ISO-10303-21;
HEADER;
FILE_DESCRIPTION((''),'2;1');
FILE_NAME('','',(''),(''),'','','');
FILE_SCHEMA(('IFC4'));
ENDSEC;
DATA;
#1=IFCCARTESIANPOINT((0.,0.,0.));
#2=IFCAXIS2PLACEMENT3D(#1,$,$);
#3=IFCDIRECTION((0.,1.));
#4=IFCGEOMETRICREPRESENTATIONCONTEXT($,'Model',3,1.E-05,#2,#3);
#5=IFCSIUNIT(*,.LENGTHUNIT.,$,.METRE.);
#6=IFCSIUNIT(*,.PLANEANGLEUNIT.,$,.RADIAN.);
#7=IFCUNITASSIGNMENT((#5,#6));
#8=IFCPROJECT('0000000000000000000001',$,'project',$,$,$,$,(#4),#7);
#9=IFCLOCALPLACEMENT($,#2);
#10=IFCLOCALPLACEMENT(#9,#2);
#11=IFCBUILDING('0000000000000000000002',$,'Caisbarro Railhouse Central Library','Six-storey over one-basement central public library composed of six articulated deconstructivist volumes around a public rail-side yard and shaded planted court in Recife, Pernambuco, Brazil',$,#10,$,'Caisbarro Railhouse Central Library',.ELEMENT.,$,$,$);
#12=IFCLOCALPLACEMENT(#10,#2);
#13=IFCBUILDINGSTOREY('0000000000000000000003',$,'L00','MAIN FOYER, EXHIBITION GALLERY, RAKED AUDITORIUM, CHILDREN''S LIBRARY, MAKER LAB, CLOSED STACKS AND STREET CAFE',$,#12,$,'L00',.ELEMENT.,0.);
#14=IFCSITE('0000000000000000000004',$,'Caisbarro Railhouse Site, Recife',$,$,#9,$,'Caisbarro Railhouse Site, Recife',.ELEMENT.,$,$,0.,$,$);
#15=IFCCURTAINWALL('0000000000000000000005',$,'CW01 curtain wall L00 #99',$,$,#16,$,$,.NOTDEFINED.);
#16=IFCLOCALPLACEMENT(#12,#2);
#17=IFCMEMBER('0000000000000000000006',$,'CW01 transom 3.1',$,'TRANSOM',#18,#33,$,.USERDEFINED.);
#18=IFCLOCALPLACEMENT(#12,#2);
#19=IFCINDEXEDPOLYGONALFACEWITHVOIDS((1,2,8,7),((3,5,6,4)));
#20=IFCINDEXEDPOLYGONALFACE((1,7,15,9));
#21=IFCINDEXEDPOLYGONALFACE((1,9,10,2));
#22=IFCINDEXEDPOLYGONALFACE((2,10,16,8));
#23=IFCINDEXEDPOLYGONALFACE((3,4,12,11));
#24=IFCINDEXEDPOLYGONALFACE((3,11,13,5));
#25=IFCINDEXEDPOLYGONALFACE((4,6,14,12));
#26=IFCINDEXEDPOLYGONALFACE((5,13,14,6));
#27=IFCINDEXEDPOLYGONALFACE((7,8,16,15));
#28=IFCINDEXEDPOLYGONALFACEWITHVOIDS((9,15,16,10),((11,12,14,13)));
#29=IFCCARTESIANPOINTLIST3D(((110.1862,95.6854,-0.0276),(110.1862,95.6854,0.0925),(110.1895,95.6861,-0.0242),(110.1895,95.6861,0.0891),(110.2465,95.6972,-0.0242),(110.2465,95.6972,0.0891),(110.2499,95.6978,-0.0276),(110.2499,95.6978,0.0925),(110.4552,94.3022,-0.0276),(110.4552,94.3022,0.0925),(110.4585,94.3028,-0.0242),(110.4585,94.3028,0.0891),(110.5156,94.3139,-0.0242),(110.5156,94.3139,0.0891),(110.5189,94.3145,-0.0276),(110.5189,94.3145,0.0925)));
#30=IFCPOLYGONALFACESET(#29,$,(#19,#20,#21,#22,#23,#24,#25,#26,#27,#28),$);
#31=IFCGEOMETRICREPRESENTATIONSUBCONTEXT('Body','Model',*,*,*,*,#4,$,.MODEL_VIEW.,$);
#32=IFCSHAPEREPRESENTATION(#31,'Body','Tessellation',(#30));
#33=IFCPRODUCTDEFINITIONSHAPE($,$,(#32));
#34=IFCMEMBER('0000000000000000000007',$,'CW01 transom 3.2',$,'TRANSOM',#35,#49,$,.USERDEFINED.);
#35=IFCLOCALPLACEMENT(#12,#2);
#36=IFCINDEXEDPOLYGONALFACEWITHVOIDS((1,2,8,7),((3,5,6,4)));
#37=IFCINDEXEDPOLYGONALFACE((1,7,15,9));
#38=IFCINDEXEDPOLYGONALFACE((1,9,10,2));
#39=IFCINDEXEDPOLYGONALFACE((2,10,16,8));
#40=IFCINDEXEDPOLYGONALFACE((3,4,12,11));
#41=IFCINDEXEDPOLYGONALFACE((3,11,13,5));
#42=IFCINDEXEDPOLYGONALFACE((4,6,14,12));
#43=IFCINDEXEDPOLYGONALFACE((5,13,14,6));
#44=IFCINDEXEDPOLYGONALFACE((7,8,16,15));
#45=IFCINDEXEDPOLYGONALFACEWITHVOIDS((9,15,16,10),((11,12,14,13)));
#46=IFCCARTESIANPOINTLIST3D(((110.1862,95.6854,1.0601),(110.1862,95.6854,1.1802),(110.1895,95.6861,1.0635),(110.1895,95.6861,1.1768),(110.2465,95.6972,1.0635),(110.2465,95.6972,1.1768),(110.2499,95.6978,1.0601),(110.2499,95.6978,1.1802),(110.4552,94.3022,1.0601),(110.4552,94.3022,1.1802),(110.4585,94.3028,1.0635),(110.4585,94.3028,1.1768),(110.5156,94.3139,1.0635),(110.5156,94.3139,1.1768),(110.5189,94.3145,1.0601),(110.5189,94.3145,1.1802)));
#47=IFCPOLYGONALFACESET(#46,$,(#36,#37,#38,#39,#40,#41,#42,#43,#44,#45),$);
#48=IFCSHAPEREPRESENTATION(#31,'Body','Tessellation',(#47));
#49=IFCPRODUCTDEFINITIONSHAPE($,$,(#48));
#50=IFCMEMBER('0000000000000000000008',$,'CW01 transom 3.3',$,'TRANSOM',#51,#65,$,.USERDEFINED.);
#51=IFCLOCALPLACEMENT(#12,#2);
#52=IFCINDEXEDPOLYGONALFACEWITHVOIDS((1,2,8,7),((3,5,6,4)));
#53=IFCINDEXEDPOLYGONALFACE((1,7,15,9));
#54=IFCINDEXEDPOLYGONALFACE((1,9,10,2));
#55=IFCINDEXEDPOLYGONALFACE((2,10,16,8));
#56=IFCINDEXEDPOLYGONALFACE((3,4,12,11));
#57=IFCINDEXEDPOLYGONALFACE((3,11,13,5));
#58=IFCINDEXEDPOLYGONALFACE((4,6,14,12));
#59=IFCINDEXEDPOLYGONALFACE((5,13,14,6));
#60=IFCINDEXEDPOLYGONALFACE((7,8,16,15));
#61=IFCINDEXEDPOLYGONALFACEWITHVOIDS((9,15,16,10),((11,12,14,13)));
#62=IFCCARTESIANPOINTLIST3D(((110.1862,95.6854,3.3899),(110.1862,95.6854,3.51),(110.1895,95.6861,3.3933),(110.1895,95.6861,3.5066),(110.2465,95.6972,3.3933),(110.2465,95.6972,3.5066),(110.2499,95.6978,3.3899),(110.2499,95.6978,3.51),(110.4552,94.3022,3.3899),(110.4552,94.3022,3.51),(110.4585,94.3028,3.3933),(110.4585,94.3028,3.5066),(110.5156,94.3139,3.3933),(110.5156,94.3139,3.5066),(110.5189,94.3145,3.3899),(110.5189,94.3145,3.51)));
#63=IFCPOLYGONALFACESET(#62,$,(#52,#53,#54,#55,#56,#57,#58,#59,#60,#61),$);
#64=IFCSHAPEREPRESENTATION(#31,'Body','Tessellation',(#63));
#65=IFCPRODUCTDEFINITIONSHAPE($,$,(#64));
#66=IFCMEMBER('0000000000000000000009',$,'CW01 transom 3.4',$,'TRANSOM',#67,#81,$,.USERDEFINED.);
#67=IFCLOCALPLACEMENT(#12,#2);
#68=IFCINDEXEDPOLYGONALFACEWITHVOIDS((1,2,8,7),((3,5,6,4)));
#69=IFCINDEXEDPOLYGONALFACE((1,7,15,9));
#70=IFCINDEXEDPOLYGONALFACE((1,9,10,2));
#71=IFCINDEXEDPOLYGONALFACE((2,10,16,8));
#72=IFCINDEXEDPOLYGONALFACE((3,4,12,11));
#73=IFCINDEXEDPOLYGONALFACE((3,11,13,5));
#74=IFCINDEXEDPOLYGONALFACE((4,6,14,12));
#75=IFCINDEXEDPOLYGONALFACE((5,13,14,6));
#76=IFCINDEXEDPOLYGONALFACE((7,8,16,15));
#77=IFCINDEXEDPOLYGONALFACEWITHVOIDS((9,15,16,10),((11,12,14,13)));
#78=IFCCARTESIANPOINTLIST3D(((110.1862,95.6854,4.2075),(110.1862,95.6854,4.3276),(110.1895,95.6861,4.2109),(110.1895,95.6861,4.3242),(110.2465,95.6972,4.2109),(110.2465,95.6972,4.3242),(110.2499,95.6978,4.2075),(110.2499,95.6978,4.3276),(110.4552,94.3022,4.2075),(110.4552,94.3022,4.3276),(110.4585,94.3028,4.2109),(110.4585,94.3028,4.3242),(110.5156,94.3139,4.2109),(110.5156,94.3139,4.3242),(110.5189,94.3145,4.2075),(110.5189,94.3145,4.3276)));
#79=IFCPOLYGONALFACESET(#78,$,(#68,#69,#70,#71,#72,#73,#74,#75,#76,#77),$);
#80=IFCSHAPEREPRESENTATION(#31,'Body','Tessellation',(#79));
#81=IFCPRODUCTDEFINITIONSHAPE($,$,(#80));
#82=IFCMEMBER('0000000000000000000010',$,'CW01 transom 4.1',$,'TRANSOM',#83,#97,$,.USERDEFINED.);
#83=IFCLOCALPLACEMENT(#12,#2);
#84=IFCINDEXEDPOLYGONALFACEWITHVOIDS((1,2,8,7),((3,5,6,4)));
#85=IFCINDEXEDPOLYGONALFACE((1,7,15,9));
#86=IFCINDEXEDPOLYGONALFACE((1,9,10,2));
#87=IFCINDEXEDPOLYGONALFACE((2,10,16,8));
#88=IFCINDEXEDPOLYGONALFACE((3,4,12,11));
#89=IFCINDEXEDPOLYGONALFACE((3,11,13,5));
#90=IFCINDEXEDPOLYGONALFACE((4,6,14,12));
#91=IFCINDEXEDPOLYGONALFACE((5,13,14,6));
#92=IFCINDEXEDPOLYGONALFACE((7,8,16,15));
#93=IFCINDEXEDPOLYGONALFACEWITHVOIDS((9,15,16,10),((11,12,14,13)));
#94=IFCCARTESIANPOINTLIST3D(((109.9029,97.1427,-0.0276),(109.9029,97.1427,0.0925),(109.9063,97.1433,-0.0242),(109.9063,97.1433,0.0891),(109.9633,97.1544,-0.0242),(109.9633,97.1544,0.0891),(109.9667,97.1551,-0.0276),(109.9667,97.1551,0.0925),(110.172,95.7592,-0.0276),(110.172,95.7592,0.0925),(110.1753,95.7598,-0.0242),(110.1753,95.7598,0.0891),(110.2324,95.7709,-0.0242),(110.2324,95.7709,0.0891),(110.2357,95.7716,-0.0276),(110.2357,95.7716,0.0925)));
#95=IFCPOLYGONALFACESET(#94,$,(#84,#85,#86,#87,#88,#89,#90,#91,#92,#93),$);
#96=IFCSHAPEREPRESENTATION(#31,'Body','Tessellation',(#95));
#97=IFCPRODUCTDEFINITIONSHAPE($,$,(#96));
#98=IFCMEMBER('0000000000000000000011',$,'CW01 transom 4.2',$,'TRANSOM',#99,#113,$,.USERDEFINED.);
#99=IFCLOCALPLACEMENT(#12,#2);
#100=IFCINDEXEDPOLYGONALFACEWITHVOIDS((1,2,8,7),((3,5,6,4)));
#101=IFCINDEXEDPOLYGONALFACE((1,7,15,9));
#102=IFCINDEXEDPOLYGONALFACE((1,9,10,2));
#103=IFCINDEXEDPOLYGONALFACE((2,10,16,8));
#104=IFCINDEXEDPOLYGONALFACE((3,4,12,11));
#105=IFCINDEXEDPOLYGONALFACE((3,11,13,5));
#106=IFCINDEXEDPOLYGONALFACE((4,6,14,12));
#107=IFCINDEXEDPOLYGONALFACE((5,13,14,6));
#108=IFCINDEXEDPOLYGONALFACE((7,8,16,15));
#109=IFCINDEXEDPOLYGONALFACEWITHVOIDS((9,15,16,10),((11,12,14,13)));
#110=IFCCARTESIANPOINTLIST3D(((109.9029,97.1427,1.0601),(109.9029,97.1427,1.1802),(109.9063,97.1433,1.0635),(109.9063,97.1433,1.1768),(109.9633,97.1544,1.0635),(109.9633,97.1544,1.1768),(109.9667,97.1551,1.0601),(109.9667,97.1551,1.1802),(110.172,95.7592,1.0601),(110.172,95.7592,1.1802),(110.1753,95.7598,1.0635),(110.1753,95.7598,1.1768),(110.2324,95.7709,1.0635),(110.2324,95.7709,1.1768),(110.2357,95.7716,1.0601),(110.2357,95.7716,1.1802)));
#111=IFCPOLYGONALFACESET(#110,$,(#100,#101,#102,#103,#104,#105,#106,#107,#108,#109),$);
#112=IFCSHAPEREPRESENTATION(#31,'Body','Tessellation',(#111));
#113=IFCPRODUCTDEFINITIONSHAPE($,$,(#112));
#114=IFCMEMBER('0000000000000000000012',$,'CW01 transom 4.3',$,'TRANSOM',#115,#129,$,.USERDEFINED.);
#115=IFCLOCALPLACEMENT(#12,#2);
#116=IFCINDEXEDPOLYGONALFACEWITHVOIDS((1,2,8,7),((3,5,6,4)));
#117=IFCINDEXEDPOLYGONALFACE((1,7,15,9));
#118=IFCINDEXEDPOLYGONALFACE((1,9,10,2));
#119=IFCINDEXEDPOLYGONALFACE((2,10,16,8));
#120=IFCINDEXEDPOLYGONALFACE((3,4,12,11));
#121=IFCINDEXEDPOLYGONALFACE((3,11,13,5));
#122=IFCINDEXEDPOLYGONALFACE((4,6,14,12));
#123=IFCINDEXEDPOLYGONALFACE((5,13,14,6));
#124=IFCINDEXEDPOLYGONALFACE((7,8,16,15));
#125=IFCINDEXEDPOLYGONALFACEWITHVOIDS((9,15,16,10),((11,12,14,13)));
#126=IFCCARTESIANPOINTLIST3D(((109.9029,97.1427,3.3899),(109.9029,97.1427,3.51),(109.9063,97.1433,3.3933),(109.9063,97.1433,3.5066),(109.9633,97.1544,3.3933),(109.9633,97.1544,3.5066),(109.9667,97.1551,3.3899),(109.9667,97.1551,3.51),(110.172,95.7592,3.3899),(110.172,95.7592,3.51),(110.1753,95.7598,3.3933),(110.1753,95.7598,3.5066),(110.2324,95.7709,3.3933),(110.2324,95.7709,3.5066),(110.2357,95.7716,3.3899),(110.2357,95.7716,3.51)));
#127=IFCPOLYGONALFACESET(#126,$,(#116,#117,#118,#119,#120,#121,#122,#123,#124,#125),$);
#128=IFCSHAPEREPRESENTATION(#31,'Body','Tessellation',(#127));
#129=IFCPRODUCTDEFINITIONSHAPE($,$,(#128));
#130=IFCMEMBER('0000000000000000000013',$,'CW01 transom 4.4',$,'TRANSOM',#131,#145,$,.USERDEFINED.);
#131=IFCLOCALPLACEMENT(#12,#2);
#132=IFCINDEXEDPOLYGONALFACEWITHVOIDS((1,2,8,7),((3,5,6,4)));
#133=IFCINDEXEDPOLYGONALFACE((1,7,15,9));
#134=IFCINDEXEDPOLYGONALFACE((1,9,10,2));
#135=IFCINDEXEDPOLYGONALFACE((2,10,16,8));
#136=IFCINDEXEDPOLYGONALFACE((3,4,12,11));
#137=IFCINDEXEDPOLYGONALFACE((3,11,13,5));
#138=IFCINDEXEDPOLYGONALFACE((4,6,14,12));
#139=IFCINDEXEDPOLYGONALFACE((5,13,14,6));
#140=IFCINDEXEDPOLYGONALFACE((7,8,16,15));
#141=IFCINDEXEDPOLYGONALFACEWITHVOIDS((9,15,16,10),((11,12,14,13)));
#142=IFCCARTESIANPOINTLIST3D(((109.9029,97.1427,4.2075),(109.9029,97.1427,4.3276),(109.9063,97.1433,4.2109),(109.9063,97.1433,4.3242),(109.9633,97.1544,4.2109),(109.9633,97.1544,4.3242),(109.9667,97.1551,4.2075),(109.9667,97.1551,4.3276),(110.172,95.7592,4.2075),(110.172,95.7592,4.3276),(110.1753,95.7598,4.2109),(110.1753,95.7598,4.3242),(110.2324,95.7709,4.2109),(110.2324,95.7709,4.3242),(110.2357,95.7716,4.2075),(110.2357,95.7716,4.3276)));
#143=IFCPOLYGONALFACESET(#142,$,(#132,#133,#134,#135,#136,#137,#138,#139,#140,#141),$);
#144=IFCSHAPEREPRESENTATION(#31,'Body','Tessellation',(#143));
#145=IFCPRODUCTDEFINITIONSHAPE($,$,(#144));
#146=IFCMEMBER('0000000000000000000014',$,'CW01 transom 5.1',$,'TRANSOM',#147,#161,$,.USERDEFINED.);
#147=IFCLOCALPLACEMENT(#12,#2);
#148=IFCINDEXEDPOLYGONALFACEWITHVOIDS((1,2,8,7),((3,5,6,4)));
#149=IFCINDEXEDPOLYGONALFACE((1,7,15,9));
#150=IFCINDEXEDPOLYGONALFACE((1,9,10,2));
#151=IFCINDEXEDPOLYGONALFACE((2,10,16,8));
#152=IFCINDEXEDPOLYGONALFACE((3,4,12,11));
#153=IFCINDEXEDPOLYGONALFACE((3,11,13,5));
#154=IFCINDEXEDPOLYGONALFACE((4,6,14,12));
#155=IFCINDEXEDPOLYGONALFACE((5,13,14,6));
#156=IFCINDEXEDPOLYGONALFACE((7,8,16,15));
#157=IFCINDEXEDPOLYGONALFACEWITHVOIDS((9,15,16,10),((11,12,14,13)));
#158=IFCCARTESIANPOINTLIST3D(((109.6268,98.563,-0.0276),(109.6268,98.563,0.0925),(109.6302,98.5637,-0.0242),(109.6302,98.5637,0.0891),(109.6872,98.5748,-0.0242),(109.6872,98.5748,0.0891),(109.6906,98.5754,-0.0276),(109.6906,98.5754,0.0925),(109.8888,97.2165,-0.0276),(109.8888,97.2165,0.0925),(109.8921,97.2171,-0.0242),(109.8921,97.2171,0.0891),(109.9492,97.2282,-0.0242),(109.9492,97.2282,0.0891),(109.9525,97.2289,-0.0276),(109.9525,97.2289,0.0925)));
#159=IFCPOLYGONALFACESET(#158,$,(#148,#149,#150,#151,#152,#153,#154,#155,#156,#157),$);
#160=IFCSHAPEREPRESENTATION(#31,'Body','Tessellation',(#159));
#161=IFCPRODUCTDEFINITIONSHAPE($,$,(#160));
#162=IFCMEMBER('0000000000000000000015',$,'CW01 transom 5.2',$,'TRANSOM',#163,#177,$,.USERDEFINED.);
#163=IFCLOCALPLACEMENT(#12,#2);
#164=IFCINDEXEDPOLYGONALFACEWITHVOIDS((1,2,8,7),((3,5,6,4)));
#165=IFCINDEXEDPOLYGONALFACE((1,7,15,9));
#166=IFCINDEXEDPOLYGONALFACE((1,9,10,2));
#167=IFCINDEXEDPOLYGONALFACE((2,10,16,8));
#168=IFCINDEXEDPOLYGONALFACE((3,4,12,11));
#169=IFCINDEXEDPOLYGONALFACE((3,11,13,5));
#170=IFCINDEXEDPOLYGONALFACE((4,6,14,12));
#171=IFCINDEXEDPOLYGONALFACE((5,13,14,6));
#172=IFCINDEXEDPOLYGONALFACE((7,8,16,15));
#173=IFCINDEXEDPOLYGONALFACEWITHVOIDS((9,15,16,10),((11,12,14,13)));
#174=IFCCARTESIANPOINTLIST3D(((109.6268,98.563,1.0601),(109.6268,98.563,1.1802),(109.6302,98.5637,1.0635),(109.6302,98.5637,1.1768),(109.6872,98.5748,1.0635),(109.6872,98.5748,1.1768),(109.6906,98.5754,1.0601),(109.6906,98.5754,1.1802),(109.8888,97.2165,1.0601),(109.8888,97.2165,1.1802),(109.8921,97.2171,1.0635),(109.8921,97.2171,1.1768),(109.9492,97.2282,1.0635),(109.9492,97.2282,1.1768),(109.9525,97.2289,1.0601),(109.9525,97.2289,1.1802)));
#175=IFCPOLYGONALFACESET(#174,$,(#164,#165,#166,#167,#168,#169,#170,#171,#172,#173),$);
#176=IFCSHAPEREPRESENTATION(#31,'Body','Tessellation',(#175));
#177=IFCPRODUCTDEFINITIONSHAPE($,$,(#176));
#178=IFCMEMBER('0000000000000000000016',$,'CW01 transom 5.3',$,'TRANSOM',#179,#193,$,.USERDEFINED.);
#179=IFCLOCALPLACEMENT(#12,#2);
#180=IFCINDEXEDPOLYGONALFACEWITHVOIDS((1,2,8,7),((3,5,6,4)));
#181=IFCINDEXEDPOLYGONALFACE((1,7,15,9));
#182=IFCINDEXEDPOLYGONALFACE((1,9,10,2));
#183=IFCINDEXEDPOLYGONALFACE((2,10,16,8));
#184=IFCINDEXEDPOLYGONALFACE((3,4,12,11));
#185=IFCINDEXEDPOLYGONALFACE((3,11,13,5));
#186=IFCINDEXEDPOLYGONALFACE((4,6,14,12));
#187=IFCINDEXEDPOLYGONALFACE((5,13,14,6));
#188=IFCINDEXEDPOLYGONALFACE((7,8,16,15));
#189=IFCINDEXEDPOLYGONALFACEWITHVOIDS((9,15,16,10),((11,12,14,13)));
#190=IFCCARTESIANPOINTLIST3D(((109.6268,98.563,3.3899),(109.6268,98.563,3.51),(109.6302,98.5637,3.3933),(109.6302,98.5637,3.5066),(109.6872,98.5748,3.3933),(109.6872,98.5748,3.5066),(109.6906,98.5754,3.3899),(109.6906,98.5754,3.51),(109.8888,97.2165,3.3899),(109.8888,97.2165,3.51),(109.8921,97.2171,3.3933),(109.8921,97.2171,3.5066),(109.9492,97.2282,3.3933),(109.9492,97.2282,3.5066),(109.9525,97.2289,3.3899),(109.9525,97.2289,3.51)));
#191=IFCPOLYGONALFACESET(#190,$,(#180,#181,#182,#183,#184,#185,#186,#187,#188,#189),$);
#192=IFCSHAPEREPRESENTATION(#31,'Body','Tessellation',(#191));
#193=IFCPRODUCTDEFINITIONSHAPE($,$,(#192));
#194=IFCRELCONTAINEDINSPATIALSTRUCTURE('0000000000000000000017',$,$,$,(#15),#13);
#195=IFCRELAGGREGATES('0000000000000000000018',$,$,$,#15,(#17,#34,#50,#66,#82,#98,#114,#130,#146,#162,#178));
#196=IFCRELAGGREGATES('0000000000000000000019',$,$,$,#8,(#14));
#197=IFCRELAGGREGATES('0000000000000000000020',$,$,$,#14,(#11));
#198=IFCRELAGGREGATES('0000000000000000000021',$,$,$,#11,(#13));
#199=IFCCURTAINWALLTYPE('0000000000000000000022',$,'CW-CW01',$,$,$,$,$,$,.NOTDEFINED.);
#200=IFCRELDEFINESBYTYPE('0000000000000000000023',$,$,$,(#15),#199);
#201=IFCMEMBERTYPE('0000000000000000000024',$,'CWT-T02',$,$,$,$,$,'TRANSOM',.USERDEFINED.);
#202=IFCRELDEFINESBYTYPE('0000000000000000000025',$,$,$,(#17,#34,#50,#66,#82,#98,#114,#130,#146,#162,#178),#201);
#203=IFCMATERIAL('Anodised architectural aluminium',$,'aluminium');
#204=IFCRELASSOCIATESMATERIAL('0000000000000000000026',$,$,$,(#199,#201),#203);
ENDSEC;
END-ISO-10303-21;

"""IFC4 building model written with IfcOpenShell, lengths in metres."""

from ifc_helpers import new_model, si_unit, direction, frame, origin, origin_2d, place, context, subcontext, project, spatial, hollow_rectangle, extrude, material, material_profile, profile_set, type_object, element, aggregate, save


model = new_model("IFC4")

# Units and contexts
model_context = context("Model", 3, precision=1e-05, world=origin(), true_north=direction((0.0, 1.0)))
body_context = subcontext(model_context, "Body", "Model", "MODEL_VIEW")
ifc_project = project(units=[si_unit("LENGTHUNIT", "METRE"), si_unit("PLANEANGLEUNIT", "RADIAN")], contexts=[model_context])

# Site, building, storey
site_placement = place(None, origin())
site = spatial("IfcSite", under=ifc_project, at=site_placement, Name="Caisbarro Railhouse Site, Recife", LongName="Caisbarro Railhouse Site, Recife", CompositionType="ELEMENT", RefElevation=0.0)
building_placement = place(site_placement, origin())
building = spatial("IfcBuilding", under=site, at=building_placement, Name="Caisbarro Railhouse Central Library", Description="Six-storey over one-basement central public library composed of six articulated deconstructivist volumes around a public rail-side yard and shaded planted court in Recife, Pernambuco, Brazil", LongName="Caisbarro Railhouse Central Library", CompositionType="ELEMENT")
storey_placement = place(building_placement, origin())
storey = spatial("IfcBuildingStorey", under=building, at=storey_placement, Name="L00", Description="MAIN FOYER, EXHIBITION GALLERY, RAKED AUDITORIUM, CHILDREN'S LIBRARY, MAKER LAB, CLOSED STACKS AND STREET CAFE", LongName="L00", CompositionType="ELEMENT", Elevation=0.0)

# Curtain wall, members
ifc_material_1 = material(Name="Anodised architectural aluminium", Category="aluminium")
curtain_wall_type = type_object("IfcCurtainWallType", Name="CW-CW01", PredefinedType="NOTDEFINED", material=ifc_material_1)
curtain_wall_placement = place(storey_placement, origin())
curtain_wall = element("IfcCurtainWall", 1, at=curtain_wall_placement, inside=storey, type_object=curtain_wall_type, Name="CW01 curtain wall L00 #99", PredefinedType="NOTDEFINED")
ifc_material_profile_1 = material_profile(ifc_material_1, hollow_rectangle(XDim=0.0649, YDim=0.1201, WallThickness=0.0034, at=origin_2d()), Name="ALU-TRN-65X120")
ifc_profile_set_1 = profile_set([ifc_material_profile_1], Name="Anodised architectural aluminium")
member_type_1 = type_object("IfcMemberType", Name="CWT-T02", ElementType="TRANSOM", PredefinedType="USERDEFINED", material=ifc_profile_set_1)
member_1_placement = place(storey_placement, frame((110.4871, 94.3083, 0.0325), z_axis=(-0.190916, 0.981606, 0.0), x_axis=(-0.981606, -0.190916, 0.0)))
member_1 = element("IfcMember", 2, at=member_1_placement, type_object=member_type_1, Name="CW01 transom 3.1", ObjectType="TRANSOM", PredefinedType="USERDEFINED", context=body_context, shape_type="SweptSolid", body=[
    extrude(hollow_rectangle(XDim=0.0649, YDim=0.1201, WallThickness=0.0034, at=origin_2d()), origin(), (0.0, 0.0, 1.0), 1.4092),
])
member_2_placement = place(storey_placement, frame((110.4871, 94.3083, 1.1201), z_axis=(-0.190916, 0.981606, 0.0), x_axis=(-0.981606, -0.190916, 0.0)))
member_2 = element("IfcMember", 3, at=member_2_placement, type_object=member_type_1, Name="CW01 transom 3.2", ObjectType="TRANSOM", PredefinedType="USERDEFINED", context=body_context, shape_type="SweptSolid", body=[
    extrude(hollow_rectangle(XDim=0.0649, YDim=0.1201, WallThickness=0.0034, at=origin_2d()), origin(), (0.0, 0.0, 1.0), 1.4092),
])
member_3_placement = place(storey_placement, frame((110.4871, 94.3083, 3.45), z_axis=(-0.190916, 0.981606, 0.0), x_axis=(-0.981606, -0.190916, 0.0)))
member_3 = element("IfcMember", 4, at=member_3_placement, type_object=member_type_1, Name="CW01 transom 3.3", ObjectType="TRANSOM", PredefinedType="USERDEFINED", context=body_context, shape_type="SweptSolid", body=[
    extrude(hollow_rectangle(XDim=0.0649, YDim=0.1201, WallThickness=0.0034, at=origin_2d()), origin(), (0.0, 0.0, 1.0), 1.4092),
])
member_4_placement = place(storey_placement, frame((110.4871, 94.3083, 4.2676), z_axis=(-0.190916, 0.981606, 0.0), x_axis=(-0.981606, -0.190916, 0.0)))
member_4 = element("IfcMember", 5, at=member_4_placement, type_object=member_type_1, Name="CW01 transom 3.4", ObjectType="TRANSOM", PredefinedType="USERDEFINED", context=body_context, shape_type="SweptSolid", body=[
    extrude(hollow_rectangle(XDim=0.0649, YDim=0.1201, WallThickness=0.0034, at=origin_2d()), origin(), (0.0, 0.0, 1.0), 1.4092),
])
member_5_placement = place(storey_placement, frame((110.2039, 95.7654, 0.0325), z_axis=(-0.190884, 0.981613, 0.0), x_axis=(-0.981613, -0.190884, 0.0)))
member_5 = element("IfcMember", 6, at=member_5_placement, type_object=member_type_1, Name="CW01 transom 4.1", ObjectType="TRANSOM", PredefinedType="USERDEFINED", context=body_context, shape_type="SweptSolid", body=[
    extrude(hollow_rectangle(XDim=0.0649, YDim=0.1201, WallThickness=0.0034, at=origin_2d()), origin(), (0.0, 0.0, 1.0), 1.4094),
])
member_6_placement = place(storey_placement, frame((110.2039, 95.7654, 1.1201), z_axis=(-0.190884, 0.981613, 0.0), x_axis=(-0.981613, -0.190884, 0.0)))
member_6 = element("IfcMember", 7, at=member_6_placement, type_object=member_type_1, Name="CW01 transom 4.2", ObjectType="TRANSOM", PredefinedType="USERDEFINED", context=body_context, shape_type="SweptSolid", body=[
    extrude(hollow_rectangle(XDim=0.0649, YDim=0.1201, WallThickness=0.0034, at=origin_2d()), origin(), (0.0, 0.0, 1.0), 1.4094),
])
member_7_placement = place(storey_placement, frame((110.2039, 95.7654, 3.45), z_axis=(-0.190884, 0.981613, 0.0), x_axis=(-0.981613, -0.190884, 0.0)))
member_7 = element("IfcMember", 8, at=member_7_placement, type_object=member_type_1, Name="CW01 transom 4.3", ObjectType="TRANSOM", PredefinedType="USERDEFINED", context=body_context, shape_type="SweptSolid", body=[
    extrude(hollow_rectangle(XDim=0.0649, YDim=0.1201, WallThickness=0.0034, at=origin_2d()), origin(), (0.0, 0.0, 1.0), 1.4094),
])
member_8_placement = place(storey_placement, frame((110.2039, 95.7654, 4.2676), z_axis=(-0.190884, 0.981613, 0.0), x_axis=(-0.981613, -0.190884, 0.0)))
member_8 = element("IfcMember", 9, at=member_8_placement, type_object=member_type_1, Name="CW01 transom 4.4", ObjectType="TRANSOM", PredefinedType="USERDEFINED", context=body_context, shape_type="SweptSolid", body=[
    extrude(hollow_rectangle(XDim=0.0649, YDim=0.1201, WallThickness=0.0034, at=origin_2d()), origin(), (0.0, 0.0, 1.0), 1.4094),
])
member_9_placement = place(storey_placement, frame((109.9207, 97.2227, 0.0325), z_axis=(-0.190946, 0.981601, 0.0), x_axis=(-0.981601, -0.190946, 0.0)))
member_9 = element("IfcMember", 10, at=member_9_placement, type_object=member_type_1, Name="CW01 transom 5.1", ObjectType="TRANSOM", PredefinedType="USERDEFINED", context=body_context, shape_type="SweptSolid", body=[
    extrude(hollow_rectangle(XDim=0.0649, YDim=0.1201, WallThickness=0.0034, at=origin_2d()), origin(), (0.0, 0.0, 1.0), 1.3718),
])
member_10_placement = place(storey_placement, frame((109.9207, 97.2227, 1.1201), z_axis=(-0.190946, 0.981601, 0.0), x_axis=(-0.981601, -0.190946, 0.0)))
member_10 = element("IfcMember", 11, at=member_10_placement, type_object=member_type_1, Name="CW01 transom 5.2", ObjectType="TRANSOM", PredefinedType="USERDEFINED", context=body_context, shape_type="SweptSolid", body=[
    extrude(hollow_rectangle(XDim=0.0649, YDim=0.1201, WallThickness=0.0034, at=origin_2d()), origin(), (0.0, 0.0, 1.0), 1.3718),
])
member_11_placement = place(storey_placement, frame((109.9207, 97.2227, 3.45), z_axis=(-0.190946, 0.981601, 0.0), x_axis=(-0.981601, -0.190946, 0.0)))
member_11 = element("IfcMember", 12, at=member_11_placement, type_object=member_type_1, Name="CW01 transom 5.3", ObjectType="TRANSOM", PredefinedType="USERDEFINED", context=body_context, shape_type="SweptSolid", body=[
    extrude(hollow_rectangle(XDim=0.0649, YDim=0.1201, WallThickness=0.0034, at=origin_2d()), origin(), (0.0, 0.0, 1.0), 1.3718),
])
aggregate(curtain_wall, [member_1, member_2, member_3, member_4, member_5, member_6, member_7, member_8, member_9, member_10, member_11])

save(model, "model.ifc")
